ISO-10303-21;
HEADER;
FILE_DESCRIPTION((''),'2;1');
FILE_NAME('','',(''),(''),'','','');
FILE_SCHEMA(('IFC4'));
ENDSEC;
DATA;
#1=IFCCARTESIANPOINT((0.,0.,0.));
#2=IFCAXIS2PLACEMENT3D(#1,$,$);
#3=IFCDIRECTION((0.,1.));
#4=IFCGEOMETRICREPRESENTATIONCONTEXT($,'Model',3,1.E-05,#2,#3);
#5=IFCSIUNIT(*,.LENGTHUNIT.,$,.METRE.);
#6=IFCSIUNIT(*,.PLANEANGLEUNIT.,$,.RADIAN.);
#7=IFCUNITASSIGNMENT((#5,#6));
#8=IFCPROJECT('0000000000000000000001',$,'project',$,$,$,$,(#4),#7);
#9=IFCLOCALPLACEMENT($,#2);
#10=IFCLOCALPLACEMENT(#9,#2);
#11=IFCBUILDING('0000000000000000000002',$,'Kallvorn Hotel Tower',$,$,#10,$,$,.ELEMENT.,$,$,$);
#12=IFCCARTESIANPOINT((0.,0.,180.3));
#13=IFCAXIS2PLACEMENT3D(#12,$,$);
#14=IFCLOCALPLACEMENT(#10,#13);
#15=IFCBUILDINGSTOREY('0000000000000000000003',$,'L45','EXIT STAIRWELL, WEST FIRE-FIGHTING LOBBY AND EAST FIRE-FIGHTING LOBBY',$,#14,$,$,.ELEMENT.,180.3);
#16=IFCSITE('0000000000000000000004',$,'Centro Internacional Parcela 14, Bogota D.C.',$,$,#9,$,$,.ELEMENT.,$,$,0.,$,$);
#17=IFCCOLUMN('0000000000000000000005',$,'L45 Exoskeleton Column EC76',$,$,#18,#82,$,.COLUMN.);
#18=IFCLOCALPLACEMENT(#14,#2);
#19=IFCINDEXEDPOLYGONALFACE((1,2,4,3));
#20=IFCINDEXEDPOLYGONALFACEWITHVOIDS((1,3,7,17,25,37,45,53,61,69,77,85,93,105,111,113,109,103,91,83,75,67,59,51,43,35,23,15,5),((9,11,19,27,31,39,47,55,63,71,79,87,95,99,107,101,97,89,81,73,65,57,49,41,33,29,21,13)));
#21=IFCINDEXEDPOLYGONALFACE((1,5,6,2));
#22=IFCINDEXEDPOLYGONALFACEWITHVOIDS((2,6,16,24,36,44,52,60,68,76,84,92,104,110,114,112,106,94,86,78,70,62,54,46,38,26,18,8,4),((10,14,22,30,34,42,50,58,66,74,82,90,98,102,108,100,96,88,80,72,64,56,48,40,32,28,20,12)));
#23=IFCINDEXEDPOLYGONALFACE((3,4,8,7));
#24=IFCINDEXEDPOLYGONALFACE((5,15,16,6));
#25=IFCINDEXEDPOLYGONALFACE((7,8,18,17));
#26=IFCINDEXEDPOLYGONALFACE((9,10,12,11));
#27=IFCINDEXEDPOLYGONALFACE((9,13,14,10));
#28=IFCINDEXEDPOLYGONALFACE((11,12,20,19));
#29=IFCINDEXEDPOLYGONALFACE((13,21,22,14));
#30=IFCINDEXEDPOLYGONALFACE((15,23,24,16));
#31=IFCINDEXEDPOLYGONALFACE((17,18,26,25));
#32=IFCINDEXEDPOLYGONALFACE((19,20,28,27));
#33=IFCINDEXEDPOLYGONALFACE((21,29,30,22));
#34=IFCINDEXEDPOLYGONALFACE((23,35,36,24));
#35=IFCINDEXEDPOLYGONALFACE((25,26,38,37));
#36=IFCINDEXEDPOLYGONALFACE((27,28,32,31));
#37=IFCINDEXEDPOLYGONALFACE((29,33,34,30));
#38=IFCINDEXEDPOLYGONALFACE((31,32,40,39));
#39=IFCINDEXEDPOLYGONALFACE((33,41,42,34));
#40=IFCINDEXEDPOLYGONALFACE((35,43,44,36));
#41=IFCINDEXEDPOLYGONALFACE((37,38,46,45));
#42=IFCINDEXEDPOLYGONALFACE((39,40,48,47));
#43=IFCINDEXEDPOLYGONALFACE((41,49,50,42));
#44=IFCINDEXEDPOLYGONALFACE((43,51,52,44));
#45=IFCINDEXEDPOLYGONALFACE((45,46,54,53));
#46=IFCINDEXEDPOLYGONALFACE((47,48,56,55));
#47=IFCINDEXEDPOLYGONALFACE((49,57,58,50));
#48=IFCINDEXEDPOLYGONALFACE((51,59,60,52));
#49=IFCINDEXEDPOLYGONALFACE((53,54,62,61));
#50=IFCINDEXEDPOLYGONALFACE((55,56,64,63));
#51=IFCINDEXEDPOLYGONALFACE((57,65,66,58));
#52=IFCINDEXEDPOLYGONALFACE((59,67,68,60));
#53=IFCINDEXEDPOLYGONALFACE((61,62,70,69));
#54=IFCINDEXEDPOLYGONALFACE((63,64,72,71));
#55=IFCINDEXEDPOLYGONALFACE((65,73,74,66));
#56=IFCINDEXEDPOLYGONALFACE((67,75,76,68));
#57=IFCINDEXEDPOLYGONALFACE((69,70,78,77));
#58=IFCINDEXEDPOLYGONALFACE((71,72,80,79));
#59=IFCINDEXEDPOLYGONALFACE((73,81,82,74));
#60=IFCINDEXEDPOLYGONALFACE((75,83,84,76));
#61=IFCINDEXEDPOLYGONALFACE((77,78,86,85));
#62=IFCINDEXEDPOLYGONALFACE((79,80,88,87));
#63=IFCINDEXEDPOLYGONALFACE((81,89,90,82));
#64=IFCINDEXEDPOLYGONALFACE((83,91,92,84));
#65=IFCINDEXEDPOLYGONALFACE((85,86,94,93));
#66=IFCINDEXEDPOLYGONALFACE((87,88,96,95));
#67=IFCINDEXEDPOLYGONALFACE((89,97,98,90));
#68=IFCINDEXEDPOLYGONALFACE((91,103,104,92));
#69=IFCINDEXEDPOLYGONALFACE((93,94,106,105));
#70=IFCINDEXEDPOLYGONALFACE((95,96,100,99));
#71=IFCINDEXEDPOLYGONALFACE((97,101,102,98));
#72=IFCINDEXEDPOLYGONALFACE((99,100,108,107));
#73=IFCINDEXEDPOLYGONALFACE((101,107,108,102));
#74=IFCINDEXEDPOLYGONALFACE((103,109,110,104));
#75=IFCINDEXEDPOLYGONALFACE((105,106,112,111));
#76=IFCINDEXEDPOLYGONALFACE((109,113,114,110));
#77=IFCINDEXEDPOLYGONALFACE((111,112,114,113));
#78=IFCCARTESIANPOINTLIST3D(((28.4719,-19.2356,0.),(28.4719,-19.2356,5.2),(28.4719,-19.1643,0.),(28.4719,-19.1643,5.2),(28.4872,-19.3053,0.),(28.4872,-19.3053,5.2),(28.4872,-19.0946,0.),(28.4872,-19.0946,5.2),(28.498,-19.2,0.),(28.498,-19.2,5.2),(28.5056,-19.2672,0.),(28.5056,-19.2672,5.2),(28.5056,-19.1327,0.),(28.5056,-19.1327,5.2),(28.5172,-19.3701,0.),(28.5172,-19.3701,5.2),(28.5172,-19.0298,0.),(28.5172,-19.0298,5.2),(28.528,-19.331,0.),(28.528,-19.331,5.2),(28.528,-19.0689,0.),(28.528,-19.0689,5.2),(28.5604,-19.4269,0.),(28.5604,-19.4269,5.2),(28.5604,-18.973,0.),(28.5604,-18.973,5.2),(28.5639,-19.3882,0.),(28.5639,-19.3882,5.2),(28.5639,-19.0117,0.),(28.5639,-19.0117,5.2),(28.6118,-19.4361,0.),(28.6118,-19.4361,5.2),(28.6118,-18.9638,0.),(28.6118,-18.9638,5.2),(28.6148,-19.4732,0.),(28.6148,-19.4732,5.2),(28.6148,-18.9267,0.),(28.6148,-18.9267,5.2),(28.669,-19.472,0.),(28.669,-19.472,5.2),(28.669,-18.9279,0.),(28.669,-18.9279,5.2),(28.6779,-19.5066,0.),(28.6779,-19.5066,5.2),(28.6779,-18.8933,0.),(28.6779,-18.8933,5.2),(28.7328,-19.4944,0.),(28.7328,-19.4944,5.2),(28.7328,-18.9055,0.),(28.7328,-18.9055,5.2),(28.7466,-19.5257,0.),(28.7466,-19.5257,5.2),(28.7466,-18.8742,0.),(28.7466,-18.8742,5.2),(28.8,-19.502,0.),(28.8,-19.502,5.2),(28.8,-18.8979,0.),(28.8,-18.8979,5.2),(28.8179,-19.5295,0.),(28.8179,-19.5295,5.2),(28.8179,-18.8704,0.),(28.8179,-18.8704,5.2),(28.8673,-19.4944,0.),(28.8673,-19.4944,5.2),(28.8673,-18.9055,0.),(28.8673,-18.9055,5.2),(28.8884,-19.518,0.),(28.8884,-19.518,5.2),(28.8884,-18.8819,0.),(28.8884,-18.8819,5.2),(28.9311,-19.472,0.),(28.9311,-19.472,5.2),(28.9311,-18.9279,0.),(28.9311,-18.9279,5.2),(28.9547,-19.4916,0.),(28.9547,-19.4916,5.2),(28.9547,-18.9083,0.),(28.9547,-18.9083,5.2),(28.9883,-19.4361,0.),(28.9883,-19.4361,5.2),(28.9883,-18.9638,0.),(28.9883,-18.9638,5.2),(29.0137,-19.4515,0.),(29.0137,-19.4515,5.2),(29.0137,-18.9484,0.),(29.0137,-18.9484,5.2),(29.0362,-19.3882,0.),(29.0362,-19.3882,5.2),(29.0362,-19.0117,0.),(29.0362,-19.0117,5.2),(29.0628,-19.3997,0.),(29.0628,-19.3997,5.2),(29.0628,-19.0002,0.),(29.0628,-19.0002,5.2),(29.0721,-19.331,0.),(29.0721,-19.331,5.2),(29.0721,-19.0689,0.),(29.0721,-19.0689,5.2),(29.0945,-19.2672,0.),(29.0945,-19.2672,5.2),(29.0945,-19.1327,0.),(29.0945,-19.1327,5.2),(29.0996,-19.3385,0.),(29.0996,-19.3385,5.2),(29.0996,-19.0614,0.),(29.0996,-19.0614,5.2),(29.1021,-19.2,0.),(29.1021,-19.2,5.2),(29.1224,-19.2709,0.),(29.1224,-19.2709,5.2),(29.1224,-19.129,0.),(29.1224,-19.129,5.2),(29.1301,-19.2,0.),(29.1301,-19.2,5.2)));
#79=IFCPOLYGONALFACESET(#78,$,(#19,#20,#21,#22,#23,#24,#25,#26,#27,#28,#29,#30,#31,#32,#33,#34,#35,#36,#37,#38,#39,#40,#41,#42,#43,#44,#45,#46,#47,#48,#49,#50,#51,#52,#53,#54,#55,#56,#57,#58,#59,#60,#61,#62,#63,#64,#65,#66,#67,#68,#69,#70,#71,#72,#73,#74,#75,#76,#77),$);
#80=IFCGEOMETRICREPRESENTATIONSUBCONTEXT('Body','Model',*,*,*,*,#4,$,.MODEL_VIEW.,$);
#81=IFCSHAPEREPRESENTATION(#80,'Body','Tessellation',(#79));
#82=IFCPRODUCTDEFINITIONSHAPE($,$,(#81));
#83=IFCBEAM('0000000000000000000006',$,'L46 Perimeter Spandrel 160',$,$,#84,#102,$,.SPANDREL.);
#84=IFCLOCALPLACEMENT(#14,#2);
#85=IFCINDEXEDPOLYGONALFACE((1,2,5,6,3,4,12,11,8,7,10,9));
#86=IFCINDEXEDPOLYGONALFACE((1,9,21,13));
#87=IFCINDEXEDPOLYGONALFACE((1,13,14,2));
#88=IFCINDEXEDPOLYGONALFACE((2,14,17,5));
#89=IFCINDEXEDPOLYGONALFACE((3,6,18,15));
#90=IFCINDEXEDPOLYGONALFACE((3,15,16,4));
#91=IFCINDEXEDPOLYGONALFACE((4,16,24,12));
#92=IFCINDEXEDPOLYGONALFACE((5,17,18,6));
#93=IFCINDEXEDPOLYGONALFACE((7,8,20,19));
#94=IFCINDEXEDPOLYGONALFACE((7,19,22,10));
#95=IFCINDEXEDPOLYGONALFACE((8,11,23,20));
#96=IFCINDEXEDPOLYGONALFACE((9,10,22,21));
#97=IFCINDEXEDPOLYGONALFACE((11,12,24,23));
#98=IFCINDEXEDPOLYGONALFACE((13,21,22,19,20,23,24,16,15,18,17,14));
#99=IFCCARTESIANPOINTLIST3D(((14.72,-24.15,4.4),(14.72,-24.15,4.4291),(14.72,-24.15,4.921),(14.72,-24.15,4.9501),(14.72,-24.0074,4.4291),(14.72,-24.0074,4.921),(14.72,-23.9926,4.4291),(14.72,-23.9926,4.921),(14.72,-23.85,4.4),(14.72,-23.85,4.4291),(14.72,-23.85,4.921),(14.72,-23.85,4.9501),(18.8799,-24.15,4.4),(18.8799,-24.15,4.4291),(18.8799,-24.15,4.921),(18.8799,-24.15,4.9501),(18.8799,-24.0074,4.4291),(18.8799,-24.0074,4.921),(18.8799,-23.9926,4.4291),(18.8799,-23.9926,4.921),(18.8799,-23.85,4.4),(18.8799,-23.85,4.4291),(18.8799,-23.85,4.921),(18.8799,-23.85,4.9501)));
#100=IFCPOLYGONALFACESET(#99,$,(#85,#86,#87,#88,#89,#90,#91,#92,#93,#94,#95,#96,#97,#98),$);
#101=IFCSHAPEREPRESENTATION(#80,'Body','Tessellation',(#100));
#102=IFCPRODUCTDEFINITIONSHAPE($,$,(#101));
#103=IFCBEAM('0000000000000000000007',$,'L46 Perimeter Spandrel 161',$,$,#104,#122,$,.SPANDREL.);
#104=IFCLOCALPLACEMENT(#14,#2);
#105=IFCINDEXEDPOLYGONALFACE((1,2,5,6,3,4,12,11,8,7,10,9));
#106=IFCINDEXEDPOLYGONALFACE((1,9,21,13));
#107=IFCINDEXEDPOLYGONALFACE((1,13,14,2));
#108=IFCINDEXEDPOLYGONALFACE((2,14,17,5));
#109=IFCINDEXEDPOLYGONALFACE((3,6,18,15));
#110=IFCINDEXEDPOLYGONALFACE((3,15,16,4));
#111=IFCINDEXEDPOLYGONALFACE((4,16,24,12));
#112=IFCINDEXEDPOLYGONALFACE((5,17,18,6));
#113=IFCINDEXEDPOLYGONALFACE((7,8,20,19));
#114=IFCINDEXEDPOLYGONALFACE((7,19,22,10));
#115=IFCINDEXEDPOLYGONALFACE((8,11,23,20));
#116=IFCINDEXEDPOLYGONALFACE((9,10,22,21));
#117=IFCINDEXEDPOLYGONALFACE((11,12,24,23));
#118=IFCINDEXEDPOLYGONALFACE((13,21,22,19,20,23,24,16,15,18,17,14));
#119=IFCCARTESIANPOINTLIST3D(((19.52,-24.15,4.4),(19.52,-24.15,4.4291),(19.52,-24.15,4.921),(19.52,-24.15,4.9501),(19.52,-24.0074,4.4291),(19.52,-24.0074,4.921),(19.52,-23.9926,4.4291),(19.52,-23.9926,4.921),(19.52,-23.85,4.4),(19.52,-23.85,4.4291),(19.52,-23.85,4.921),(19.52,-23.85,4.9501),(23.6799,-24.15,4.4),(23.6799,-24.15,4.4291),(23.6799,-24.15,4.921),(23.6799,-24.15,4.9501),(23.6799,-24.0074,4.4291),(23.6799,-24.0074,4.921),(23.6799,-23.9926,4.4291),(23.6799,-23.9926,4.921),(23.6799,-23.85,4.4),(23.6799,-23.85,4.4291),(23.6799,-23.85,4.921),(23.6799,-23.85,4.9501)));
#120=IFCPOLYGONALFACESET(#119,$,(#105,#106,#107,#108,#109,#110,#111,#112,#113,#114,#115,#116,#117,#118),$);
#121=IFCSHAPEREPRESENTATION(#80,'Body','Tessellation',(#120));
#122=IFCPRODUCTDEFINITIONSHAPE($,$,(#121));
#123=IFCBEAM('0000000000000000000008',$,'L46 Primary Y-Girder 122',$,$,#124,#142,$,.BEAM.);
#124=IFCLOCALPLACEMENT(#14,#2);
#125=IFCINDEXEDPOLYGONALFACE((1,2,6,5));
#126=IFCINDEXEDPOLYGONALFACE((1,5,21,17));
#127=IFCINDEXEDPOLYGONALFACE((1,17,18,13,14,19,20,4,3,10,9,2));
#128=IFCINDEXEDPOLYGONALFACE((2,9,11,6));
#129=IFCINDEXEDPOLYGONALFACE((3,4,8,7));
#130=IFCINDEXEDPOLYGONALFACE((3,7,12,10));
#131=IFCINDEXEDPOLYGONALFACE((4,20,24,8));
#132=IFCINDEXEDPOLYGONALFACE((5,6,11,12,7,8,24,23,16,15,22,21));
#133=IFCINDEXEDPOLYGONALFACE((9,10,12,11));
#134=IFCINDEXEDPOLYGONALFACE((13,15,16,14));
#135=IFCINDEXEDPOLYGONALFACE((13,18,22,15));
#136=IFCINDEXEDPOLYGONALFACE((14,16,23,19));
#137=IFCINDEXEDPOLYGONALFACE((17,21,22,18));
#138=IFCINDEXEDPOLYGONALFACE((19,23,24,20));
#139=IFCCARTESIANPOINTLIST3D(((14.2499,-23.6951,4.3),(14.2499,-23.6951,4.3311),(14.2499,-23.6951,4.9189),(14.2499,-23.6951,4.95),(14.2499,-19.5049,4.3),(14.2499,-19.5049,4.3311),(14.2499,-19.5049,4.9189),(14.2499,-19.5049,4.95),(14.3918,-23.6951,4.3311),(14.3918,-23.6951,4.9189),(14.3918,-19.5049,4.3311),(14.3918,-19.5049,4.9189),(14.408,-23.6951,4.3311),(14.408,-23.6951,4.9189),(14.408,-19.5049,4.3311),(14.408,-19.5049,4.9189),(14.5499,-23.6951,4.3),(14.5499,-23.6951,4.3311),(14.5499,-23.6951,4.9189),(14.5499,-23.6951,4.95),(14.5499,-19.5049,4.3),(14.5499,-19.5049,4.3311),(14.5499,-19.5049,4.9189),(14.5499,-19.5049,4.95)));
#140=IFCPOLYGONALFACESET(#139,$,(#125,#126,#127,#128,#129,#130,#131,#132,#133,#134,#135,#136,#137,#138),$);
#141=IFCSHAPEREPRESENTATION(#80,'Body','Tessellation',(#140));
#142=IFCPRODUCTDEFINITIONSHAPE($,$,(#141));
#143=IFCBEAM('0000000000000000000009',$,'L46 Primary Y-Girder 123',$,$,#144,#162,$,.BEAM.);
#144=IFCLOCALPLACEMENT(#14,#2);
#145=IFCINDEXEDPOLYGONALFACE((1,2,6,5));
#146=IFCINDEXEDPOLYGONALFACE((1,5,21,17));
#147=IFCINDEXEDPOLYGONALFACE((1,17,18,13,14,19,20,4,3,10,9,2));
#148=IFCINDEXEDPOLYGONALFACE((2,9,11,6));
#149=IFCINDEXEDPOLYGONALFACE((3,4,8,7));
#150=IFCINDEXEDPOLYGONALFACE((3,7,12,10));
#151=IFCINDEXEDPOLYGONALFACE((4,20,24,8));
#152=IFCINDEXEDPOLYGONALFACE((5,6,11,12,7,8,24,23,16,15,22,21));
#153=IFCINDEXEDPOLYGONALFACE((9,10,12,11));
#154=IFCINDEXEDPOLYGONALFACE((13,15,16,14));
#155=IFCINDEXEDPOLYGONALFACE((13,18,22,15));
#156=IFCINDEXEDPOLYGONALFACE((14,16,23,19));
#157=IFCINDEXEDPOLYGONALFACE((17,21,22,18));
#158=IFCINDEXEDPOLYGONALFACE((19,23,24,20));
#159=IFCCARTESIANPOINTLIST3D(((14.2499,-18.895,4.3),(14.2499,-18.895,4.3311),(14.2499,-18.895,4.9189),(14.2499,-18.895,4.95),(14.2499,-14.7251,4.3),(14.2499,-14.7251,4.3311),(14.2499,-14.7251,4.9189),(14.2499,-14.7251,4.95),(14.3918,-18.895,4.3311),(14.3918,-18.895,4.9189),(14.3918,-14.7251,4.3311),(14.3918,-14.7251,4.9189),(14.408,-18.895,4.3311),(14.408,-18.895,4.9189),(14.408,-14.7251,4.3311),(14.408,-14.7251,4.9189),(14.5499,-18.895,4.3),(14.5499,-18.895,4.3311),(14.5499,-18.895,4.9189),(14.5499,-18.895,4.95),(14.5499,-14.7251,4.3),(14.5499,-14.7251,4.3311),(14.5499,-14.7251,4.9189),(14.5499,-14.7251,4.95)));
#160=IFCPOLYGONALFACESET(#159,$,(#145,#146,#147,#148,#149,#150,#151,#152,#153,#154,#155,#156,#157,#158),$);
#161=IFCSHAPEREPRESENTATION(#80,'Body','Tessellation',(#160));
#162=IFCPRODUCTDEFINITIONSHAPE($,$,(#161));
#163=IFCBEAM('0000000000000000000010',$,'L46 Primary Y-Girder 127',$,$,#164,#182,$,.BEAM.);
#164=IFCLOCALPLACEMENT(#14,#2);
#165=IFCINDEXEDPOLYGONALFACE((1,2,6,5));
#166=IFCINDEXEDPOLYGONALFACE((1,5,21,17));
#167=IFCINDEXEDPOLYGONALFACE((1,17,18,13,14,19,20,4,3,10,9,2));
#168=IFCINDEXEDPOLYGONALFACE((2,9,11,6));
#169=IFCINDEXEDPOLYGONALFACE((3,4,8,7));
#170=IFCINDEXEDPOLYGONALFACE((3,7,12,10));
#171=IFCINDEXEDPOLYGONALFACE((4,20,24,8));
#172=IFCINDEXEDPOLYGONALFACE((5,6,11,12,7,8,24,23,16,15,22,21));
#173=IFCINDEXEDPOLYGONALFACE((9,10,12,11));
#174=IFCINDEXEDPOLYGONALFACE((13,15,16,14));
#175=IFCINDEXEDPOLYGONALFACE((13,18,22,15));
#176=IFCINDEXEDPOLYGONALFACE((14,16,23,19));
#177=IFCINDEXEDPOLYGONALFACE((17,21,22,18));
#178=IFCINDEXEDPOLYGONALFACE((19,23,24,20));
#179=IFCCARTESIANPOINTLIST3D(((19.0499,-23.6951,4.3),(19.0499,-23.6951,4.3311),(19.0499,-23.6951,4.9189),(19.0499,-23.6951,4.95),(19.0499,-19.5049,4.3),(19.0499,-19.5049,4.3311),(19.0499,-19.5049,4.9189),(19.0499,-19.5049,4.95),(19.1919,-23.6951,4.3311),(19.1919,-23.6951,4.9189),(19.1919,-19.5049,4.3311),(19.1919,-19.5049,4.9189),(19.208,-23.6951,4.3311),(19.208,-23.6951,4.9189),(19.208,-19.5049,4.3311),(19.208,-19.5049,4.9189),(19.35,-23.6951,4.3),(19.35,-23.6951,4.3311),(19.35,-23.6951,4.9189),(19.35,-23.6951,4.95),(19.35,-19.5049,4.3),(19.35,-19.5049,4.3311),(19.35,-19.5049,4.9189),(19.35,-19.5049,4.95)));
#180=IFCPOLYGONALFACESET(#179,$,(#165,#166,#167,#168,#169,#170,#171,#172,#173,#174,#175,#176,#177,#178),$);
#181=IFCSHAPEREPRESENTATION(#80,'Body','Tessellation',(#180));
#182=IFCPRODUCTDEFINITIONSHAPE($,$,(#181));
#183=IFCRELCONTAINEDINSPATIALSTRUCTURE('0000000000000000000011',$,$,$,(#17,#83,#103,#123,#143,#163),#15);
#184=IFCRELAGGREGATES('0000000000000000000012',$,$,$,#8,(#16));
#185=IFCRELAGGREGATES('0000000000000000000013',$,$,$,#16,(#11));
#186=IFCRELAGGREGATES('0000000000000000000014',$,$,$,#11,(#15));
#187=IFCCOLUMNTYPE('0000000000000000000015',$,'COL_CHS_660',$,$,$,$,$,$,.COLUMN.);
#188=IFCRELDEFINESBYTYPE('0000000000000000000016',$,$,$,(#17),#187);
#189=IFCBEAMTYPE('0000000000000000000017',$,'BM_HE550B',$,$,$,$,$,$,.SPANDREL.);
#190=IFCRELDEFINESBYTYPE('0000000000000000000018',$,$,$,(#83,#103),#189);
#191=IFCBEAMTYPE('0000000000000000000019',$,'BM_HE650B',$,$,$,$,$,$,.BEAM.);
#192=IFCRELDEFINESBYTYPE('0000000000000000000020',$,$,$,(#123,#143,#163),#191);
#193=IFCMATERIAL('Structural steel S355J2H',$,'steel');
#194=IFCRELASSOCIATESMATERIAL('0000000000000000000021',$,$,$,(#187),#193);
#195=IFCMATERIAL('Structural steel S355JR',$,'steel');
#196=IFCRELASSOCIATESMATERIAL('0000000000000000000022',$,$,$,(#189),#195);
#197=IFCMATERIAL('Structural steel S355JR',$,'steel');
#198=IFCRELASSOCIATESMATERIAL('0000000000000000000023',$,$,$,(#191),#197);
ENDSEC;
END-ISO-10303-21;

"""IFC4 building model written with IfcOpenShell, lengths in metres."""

from ifc_helpers import new_model, si_unit, direction, frame, origin, origin_2d, place, context, subcontext, project, spatial, hollow_circle, i_section, extrude, material, material_profile, profile_set, type_object, element, save


model = new_model("IFC4")

# Units and contexts
model_context = context("Model", 3, precision=1e-05, world=origin(), true_north=direction((0.0, 1.0)))
body_context = subcontext(model_context, "Body", "Model", "MODEL_VIEW")
ifc_project = project(units=[si_unit("LENGTHUNIT", "METRE"), si_unit("PLANEANGLEUNIT", "RADIAN")], contexts=[model_context])

# Site, building, storey
site_placement = place(None, origin())
site = spatial("IfcSite", under=ifc_project, at=site_placement, Name="Centro Internacional Parcela 14, Bogota D.C.", CompositionType="ELEMENT", RefElevation=0.0)
building_placement = place(site_placement, origin())
building = spatial("IfcBuilding", under=site, at=building_placement, Name="Kallvorn Hotel Tower", CompositionType="ELEMENT")
storey_placement = place(building_placement, frame((0.0, 0.0, 180.3)))
storey = spatial("IfcBuildingStorey", under=building, at=storey_placement, Name="L45", Description="EXIT STAIRWELL, WEST FIRE-FIGHTING LOBBY AND EAST FIRE-FIGHTING LOBBY", CompositionType="ELEMENT", Elevation=180.3)

# Column
ifc_material_1 = material(Name="Structural steel S355J2H", Category="steel")
ifc_material_profile_1 = material_profile(ifc_material_1, hollow_circle(Radius=0.3301, WallThickness=0.0281, at=origin_2d()), Name="CHS 660x28")
ifc_profile_set_1 = profile_set([ifc_material_profile_1], Name="Structural steel S355J2H")
column_type = type_object("IfcColumnType", Name="COL_CHS_660", PredefinedType="COLUMN", material=ifc_profile_set_1)
for number, where, z_axis, x_axis, name in (
    (1, (28.8, -19.2, 0.0), (0.0, 0.0, 1.0), (1.0, 0.0, 0.0), "L45 Exoskeleton Column EC76"),
):
    element("IfcColumn", number, at=place(storey_placement, frame(where, z_axis=z_axis, x_axis=x_axis)), inside=storey, type_object=column_type, Name=name, PredefinedType="COLUMN", context=body_context, shape_type="SweptSolid", body=[
        extrude(hollow_circle(Radius=0.3301, WallThickness=0.0281, at=origin_2d()), origin(), (0.0, 0.0, 1.0), 5.2),
    ])

# Beams
ifc_material_2 = material(Name="Structural steel S355JR", Category="steel")
ifc_material_profile_2 = material_profile(ifc_material_2, i_section(OverallWidth=0.3, OverallDepth=0.55, WebThickness=0.0149, FlangeThickness=0.0291, at=origin_2d()), Name="HE 550 B")
ifc_profile_set_2 = profile_set([ifc_material_profile_2], Name="Structural steel S355JR")
beam_type_1 = type_object("IfcBeamType", Name="BM_HE550B", PredefinedType="SPANDREL", material=ifc_profile_set_2)
for number, where, z_axis, x_axis, name in (
    (2, (14.72, -24.0, 4.675), (1.0, 0.0, 0.0), (0.0, 1.0, 0.0), "L46 Perimeter Spandrel 160"),
    (3, (19.52, -24.0, 4.675), (1.0, 0.0, 0.0), (0.0, 1.0, 0.0), "L46 Perimeter Spandrel 161"),
):
    element("IfcBeam", number, at=place(storey_placement, frame(where, z_axis=z_axis, x_axis=x_axis)), inside=storey, type_object=beam_type_1, Name=name, PredefinedType="SPANDREL", context=body_context, shape_type="SweptSolid", body=[
        extrude(i_section(OverallWidth=0.3, OverallDepth=0.55, WebThickness=0.0149, FlangeThickness=0.0291, at=origin_2d()), origin(), (0.0, 0.0, 1.0), 4.1599),
    ])
ifc_material_3 = material(Name="Structural steel S355JR", Category="steel")
ifc_material_profile_3 = material_profile(ifc_material_3, i_section(OverallWidth=0.3, OverallDepth=0.6499, WebThickness=0.0161, FlangeThickness=0.031, at=origin_2d()), Name="HE 650 B")
ifc_profile_set_3 = profile_set([ifc_material_profile_3], Name="Structural steel S355JR")
beam_type_2 = type_object("IfcBeamType", Name="BM_HE650B", PredefinedType="BEAM", material=ifc_profile_set_3)
beam_1_placement = place(storey_placement, frame((14.3999, -23.6951, 4.625), z_axis=(0.0, 1.0, 0.0), x_axis=(-1.0, 0.0, 0.0)))
element("IfcBeam", 4, at=beam_1_placement, inside=storey, type_object=beam_type_2, Name="L46 Primary Y-Girder 122", PredefinedType="BEAM", context=body_context, shape_type="SweptSolid", body=[
    extrude(i_section(OverallWidth=0.3, OverallDepth=0.6499, WebThickness=0.0161, FlangeThickness=0.031, at=origin_2d()), origin(), (0.0, 0.0, 1.0), 4.1902),
])
beam_2_placement = place(storey_placement, frame((14.3999, -18.895, 4.625), z_axis=(0.0, 1.0, 0.0), x_axis=(-1.0, 0.0, 0.0)))
element("IfcBeam", 5, at=beam_2_placement, inside=storey, type_object=beam_type_2, Name="L46 Primary Y-Girder 123", PredefinedType="BEAM", context=body_context, shape_type="SweptSolid", body=[
    extrude(i_section(OverallWidth=0.3, OverallDepth=0.6499, WebThickness=0.0161, FlangeThickness=0.031, at=origin_2d()), origin(), (0.0, 0.0, 1.0), 4.1699),
])
beam_3_placement = place(storey_placement, frame((19.2, -23.6951, 4.625), z_axis=(0.0, 1.0, 0.0), x_axis=(-1.0, 0.0, 0.0)))
element("IfcBeam", 6, at=beam_3_placement, inside=storey, type_object=beam_type_2, Name="L46 Primary Y-Girder 127", PredefinedType="BEAM", context=body_context, shape_type="SweptSolid", body=[
    extrude(i_section(OverallWidth=0.3, OverallDepth=0.6499, WebThickness=0.0161, FlangeThickness=0.031, at=origin_2d()), origin(), (0.0, 0.0, 1.0), 4.1902),
])

save(model, "model.ifc")
